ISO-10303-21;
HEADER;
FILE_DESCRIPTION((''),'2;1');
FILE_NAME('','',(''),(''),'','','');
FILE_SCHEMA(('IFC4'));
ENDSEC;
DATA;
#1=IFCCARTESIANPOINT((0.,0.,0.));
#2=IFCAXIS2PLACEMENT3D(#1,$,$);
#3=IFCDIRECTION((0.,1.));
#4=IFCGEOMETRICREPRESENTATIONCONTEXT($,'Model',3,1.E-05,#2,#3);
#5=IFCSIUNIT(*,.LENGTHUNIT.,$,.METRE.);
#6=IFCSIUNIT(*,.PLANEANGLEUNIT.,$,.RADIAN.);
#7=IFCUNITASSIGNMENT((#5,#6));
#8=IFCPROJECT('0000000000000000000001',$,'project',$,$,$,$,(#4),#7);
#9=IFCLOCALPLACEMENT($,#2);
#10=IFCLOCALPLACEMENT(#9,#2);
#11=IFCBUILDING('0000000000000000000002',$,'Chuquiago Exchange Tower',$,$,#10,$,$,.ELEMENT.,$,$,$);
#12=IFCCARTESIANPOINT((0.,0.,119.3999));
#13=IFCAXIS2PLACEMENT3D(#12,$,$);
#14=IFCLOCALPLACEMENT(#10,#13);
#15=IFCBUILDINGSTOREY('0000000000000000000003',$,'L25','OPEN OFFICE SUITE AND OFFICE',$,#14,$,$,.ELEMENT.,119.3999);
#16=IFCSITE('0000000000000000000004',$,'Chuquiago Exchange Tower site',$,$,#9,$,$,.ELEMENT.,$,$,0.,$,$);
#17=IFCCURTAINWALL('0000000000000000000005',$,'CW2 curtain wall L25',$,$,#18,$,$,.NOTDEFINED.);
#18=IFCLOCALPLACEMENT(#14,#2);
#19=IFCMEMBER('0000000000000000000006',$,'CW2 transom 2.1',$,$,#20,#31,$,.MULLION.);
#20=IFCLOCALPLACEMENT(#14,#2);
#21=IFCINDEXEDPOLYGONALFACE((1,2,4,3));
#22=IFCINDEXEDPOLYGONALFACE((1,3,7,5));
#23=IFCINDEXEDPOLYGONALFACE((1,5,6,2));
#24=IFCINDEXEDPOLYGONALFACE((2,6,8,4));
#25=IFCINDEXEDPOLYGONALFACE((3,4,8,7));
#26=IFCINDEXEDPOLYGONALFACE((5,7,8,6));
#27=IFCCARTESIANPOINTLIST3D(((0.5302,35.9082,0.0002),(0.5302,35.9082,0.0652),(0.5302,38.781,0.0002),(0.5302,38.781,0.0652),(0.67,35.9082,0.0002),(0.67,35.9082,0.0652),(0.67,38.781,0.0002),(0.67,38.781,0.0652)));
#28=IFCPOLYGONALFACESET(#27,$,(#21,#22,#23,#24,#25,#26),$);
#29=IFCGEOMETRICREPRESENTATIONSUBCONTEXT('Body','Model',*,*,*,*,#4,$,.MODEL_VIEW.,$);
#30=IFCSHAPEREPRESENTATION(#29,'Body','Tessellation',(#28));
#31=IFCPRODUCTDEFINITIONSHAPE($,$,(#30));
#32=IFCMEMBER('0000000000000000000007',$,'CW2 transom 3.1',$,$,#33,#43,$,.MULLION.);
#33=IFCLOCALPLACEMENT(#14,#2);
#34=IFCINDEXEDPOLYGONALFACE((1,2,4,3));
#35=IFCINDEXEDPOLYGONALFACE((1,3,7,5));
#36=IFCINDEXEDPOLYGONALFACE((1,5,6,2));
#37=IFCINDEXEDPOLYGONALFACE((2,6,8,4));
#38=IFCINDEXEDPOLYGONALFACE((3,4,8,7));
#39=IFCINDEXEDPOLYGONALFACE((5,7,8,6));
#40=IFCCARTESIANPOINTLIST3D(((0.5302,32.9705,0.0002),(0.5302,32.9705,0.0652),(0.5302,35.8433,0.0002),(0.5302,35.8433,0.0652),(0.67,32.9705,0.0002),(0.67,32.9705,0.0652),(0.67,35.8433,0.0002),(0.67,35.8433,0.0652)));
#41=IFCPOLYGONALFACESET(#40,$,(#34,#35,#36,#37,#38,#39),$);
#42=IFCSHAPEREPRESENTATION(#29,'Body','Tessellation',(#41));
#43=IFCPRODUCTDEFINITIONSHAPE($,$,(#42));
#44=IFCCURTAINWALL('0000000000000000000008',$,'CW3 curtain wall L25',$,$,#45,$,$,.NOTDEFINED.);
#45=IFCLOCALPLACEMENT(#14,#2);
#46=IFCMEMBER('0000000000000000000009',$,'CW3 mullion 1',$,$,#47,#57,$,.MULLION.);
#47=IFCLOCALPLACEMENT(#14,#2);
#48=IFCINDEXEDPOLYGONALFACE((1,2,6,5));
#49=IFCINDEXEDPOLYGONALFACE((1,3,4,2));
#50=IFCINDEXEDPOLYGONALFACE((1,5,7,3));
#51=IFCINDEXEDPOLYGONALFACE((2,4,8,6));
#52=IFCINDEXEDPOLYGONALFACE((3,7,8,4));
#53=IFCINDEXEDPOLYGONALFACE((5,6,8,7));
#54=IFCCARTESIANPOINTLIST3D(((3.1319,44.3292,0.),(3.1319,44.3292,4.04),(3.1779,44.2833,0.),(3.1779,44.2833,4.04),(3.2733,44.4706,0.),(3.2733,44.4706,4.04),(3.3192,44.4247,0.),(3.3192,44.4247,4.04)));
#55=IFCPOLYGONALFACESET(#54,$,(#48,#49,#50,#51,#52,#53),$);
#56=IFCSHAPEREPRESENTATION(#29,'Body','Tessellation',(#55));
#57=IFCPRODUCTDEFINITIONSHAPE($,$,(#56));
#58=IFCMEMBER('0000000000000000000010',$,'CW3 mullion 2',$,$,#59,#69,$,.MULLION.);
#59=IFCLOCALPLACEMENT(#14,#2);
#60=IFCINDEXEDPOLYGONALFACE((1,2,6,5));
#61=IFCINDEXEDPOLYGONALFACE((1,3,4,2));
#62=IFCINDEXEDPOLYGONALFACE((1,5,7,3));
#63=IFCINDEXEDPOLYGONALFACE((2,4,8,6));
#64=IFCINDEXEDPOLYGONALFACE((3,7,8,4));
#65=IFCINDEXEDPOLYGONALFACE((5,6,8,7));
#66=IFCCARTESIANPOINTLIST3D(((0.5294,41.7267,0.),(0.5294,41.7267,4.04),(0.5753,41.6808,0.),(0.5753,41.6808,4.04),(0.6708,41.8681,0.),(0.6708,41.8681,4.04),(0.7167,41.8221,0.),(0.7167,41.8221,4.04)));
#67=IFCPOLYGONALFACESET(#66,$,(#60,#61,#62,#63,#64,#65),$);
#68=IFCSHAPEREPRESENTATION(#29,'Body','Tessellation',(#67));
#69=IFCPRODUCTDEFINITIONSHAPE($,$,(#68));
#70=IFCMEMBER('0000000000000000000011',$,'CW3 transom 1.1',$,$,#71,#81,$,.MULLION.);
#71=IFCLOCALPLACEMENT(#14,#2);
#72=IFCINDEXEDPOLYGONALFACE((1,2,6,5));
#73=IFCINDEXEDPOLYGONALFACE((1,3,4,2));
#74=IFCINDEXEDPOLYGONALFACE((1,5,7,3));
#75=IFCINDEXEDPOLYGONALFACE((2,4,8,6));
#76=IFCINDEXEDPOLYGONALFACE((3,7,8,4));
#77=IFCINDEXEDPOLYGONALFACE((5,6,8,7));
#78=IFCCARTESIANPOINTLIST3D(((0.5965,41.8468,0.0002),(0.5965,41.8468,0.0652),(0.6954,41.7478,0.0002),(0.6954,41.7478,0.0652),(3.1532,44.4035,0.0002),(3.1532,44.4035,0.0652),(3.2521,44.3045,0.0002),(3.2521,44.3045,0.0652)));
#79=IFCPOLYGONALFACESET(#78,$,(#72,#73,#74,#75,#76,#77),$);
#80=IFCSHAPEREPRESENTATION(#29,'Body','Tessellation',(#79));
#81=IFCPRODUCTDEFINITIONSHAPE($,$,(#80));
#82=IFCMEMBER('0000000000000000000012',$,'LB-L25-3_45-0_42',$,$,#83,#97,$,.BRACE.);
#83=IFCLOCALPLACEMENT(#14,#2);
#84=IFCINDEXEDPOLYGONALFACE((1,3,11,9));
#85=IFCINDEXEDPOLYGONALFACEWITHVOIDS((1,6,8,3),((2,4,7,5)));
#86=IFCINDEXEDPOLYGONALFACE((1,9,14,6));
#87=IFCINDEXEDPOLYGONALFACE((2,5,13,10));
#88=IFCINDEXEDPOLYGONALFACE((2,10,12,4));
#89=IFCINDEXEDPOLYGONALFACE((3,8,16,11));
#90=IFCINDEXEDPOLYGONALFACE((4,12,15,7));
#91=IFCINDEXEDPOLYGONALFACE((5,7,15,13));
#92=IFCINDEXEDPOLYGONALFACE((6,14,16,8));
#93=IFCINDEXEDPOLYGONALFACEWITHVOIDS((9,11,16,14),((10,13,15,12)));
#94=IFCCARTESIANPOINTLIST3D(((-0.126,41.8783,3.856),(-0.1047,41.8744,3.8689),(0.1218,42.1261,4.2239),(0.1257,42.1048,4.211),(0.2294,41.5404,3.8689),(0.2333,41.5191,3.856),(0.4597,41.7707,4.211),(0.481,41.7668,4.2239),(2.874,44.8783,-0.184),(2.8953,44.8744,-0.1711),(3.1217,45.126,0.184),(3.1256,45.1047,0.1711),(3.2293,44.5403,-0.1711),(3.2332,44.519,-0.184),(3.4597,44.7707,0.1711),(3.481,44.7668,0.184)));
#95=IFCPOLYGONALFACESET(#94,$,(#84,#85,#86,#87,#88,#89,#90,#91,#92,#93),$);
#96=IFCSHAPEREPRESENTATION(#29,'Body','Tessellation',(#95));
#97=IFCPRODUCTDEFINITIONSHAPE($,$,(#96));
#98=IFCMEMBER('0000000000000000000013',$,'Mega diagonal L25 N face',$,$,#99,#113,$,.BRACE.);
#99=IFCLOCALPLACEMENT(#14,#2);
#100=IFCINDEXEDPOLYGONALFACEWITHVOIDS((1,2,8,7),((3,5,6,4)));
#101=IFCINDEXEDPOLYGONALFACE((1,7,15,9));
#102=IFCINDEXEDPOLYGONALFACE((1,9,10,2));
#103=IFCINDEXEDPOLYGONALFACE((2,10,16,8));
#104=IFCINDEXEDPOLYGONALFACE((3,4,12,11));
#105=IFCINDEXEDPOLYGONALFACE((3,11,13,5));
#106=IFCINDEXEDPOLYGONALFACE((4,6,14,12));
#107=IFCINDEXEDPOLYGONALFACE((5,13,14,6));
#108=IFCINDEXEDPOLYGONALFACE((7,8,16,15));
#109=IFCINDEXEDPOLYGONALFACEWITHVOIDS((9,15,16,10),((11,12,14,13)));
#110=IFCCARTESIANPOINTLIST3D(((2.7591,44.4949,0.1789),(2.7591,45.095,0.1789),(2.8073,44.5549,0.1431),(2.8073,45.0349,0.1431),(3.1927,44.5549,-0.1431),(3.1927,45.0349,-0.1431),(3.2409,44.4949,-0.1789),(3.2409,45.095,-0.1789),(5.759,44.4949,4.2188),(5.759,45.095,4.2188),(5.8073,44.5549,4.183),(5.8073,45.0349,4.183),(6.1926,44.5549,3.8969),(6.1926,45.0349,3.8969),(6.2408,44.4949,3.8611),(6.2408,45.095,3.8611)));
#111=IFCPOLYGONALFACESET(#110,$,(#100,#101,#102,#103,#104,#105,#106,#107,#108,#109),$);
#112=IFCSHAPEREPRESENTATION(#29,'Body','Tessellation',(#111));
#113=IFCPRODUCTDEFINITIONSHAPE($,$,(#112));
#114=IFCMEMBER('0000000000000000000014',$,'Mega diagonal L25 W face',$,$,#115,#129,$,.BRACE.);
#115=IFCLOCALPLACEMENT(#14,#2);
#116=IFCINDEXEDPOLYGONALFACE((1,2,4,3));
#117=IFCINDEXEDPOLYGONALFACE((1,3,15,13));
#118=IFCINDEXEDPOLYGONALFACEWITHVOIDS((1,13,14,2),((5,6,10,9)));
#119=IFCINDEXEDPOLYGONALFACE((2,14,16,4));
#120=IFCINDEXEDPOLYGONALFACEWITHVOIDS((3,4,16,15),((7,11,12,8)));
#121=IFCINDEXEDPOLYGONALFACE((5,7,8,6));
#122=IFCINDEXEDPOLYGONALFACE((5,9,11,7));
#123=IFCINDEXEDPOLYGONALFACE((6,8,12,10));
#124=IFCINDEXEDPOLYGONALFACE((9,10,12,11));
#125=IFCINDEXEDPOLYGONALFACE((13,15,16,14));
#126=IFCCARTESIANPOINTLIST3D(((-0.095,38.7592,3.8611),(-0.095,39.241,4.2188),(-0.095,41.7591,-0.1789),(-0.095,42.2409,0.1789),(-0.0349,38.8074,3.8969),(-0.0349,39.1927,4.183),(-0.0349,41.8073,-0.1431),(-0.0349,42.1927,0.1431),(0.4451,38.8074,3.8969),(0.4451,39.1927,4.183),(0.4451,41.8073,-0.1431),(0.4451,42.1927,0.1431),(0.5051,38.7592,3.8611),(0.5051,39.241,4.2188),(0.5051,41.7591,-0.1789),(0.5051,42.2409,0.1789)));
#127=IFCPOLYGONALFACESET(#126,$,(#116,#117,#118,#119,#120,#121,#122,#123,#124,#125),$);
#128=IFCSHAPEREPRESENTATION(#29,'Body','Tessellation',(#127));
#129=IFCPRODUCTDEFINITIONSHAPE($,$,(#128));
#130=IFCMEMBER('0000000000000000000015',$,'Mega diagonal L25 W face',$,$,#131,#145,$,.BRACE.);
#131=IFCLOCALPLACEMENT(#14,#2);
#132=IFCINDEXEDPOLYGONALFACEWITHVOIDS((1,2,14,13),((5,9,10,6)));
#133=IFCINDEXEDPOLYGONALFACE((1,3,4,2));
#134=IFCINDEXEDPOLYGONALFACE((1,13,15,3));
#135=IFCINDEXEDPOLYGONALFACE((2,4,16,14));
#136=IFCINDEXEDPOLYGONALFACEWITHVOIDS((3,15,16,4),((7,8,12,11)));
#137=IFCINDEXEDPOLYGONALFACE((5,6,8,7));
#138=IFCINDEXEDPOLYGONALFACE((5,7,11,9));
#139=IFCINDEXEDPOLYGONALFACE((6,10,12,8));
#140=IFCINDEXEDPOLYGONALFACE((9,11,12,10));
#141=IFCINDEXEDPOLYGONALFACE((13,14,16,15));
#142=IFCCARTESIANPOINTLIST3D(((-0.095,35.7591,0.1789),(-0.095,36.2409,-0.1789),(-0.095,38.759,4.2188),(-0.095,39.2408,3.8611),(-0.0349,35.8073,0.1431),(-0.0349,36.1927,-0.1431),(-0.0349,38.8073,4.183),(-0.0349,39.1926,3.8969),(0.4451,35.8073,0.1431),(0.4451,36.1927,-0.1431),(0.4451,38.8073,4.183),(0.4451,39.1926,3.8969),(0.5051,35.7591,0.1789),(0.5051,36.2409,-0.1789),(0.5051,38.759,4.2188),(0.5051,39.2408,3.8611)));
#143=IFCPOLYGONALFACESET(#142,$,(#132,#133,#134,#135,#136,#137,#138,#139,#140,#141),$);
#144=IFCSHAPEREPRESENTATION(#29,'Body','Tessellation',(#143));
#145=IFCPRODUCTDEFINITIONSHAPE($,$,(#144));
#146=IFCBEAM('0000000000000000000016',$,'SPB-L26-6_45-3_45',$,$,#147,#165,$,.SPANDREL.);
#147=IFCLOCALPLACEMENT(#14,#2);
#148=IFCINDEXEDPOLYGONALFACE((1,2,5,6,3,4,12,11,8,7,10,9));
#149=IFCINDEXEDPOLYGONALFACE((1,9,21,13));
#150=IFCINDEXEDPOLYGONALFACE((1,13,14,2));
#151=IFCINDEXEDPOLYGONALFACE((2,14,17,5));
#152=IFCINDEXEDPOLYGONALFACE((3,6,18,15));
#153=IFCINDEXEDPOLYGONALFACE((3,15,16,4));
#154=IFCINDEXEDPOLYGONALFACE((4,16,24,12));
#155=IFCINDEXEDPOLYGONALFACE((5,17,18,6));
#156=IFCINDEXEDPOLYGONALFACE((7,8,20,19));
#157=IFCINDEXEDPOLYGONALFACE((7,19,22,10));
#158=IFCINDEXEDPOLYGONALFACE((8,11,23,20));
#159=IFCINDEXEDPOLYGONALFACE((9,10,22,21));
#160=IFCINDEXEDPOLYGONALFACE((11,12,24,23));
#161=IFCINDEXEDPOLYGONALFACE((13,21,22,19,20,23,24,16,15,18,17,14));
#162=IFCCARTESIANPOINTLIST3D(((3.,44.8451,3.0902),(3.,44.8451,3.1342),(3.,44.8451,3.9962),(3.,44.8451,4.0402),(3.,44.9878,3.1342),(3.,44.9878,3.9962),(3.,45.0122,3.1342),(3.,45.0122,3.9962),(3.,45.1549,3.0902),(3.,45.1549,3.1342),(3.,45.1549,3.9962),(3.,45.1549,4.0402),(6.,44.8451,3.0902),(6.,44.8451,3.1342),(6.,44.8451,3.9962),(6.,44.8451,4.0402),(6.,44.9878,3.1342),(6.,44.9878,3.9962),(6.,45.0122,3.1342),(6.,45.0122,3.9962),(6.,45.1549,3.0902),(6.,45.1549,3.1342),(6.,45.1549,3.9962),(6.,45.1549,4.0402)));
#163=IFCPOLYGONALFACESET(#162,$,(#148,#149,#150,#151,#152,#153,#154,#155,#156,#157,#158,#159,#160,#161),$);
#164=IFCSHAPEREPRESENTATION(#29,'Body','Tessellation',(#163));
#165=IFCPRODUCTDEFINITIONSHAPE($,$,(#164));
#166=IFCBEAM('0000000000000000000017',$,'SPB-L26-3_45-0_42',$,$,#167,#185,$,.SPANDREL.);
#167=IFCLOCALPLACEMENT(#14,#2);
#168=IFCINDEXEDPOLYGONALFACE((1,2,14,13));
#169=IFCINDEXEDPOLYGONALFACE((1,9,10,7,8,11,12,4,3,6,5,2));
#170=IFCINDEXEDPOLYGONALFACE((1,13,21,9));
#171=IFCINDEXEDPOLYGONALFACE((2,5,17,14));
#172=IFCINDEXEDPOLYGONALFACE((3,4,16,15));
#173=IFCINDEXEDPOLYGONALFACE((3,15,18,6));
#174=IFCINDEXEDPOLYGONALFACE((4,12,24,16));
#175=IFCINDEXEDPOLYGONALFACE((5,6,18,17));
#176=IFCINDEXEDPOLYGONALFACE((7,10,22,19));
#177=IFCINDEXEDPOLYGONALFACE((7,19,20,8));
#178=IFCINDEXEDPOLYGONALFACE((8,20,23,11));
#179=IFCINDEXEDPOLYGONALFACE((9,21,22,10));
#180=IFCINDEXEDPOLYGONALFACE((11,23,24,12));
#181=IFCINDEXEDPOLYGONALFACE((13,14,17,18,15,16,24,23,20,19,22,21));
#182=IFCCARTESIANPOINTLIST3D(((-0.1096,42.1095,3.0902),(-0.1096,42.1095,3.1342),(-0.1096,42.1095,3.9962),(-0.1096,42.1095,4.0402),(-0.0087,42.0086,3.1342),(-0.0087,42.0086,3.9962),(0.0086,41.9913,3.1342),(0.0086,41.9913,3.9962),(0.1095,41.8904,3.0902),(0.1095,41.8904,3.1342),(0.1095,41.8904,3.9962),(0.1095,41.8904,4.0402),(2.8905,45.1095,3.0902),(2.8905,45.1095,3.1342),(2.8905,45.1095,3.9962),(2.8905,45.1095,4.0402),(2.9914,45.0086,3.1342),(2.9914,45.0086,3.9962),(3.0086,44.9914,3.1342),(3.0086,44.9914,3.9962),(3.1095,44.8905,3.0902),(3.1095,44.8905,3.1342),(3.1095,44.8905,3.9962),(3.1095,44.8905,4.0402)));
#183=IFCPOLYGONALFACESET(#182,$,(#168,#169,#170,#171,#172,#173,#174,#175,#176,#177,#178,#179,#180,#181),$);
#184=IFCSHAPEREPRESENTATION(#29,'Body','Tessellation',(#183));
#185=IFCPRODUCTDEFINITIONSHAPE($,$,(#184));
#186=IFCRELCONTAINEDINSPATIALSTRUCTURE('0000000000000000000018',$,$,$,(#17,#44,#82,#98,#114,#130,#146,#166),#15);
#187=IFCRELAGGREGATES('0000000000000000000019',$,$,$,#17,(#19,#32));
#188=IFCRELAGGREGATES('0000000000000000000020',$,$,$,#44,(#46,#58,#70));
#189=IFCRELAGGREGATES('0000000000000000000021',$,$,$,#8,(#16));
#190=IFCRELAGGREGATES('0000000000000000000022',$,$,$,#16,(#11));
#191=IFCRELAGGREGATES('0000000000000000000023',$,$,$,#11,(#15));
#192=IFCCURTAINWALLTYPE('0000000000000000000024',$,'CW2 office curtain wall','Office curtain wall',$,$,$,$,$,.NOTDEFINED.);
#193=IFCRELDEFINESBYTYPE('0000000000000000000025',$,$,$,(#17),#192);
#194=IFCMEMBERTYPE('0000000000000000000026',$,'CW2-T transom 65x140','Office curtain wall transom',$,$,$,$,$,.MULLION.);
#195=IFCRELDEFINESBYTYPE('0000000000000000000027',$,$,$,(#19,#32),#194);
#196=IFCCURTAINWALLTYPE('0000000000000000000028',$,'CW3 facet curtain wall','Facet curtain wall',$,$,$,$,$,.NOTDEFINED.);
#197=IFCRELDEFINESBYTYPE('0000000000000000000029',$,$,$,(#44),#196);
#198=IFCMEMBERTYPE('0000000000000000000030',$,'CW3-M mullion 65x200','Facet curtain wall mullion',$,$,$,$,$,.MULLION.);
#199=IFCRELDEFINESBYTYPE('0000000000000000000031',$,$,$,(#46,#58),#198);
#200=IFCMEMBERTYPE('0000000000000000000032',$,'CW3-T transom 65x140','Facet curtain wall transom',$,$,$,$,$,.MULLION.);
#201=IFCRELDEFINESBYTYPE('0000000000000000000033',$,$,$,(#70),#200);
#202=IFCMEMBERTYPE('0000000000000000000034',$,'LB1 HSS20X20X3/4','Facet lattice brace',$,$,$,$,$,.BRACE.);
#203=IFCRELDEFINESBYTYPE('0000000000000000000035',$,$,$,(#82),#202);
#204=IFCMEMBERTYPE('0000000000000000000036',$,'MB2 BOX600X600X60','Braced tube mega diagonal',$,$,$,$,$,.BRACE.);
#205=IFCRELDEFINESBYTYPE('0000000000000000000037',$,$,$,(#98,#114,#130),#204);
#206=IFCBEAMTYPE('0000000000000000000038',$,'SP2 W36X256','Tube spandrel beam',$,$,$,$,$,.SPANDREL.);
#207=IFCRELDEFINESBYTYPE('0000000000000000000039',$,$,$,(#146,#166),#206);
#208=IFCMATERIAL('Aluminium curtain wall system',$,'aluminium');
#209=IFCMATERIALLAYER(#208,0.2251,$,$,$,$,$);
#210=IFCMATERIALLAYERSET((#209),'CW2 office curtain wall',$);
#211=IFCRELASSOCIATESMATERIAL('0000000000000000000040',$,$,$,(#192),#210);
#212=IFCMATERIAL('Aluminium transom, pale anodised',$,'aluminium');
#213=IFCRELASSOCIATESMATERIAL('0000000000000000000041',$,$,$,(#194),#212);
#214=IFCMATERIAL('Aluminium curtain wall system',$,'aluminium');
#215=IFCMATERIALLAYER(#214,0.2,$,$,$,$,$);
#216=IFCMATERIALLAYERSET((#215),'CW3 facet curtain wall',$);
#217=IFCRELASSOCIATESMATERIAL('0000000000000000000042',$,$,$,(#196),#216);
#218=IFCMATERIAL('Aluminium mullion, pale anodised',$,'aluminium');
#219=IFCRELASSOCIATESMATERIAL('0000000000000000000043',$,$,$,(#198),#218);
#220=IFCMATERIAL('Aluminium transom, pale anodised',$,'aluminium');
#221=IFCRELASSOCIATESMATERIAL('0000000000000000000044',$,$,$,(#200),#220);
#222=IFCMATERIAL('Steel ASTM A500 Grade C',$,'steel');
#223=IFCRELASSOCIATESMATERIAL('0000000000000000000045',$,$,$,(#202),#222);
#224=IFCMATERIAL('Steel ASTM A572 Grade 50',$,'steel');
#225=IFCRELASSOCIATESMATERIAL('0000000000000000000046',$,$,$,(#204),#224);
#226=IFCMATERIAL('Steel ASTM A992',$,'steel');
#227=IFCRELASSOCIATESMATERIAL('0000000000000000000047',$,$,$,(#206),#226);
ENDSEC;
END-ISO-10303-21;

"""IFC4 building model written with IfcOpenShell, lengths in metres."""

from ifc_helpers import new_model, si_unit, direction, frame, origin, origin_2d, place, context, subcontext, project, spatial, rectangle, hollow_rectangle, i_section, extrude, material, layer, layer_set, material_profile, profile_set, type_object, element, aggregate, save


model = new_model("IFC4")

# Units and contexts
model_context = context("Model", 3, precision=1e-05, world=origin(), true_north=direction((0.0, 1.0)))
body_context = subcontext(model_context, "Body", "Model", "MODEL_VIEW")
ifc_project = project(units=[si_unit("LENGTHUNIT", "METRE"), si_unit("PLANEANGLEUNIT", "RADIAN")], contexts=[model_context])

# Site, building, storey
site_placement = place(None, origin())
site = spatial("IfcSite", under=ifc_project, at=site_placement, Name="Chuquiago Exchange Tower site", CompositionType="ELEMENT", RefElevation=0.0)
building_placement = place(site_placement, origin())
building = spatial("IfcBuilding", under=site, at=building_placement, Name="Chuquiago Exchange Tower", CompositionType="ELEMENT")
storey_placement = place(building_placement, frame((0.0, 0.0, 119.3999)))
storey = spatial("IfcBuildingStorey", under=building, at=storey_placement, Name="L25", Description="OPEN OFFICE SUITE AND OFFICE", CompositionType="ELEMENT", Elevation=119.3999)

# Curtain wall
ifc_material_1 = material(Name="Aluminium curtain wall system", Category="aluminium")
ifc_layer_1 = layer(ifc_material_1, 0.2251)
ifc_layer_set_1 = layer_set([ifc_layer_1], Name="CW2 office curtain wall")
curtain_wall_type_1 = type_object("IfcCurtainWallType", Name="CW2 office curtain wall", Description="Office curtain wall", PredefinedType="NOTDEFINED", material=ifc_layer_set_1)
curtain_wall_1_placement = place(storey_placement, origin())
curtain_wall_1 = element("IfcCurtainWall", 1, at=curtain_wall_1_placement, inside=storey, type_object=curtain_wall_type_1, Name="CW2 curtain wall L25", PredefinedType="NOTDEFINED")

# Members
ifc_material_2 = material(Name="Aluminium transom, pale anodised", Category="aluminium")
ifc_material_profile_1 = material_profile(ifc_material_2, rectangle(XDim=0.1399, YDim=0.0649, at=origin_2d()), Name="AL 140x65")
ifc_profile_set_1 = profile_set([ifc_material_profile_1], Name="Aluminium transom, pale anodised")
member_type_1 = type_object("IfcMemberType", Name="CW2-T transom 65x140", Description="Office curtain wall transom", PredefinedType="MULLION", material=ifc_profile_set_1)
member_1_placement = place(storey_placement, frame((0.6001, 38.781, 0.0327), z_axis=(0.0, -1.0, 0.0), x_axis=(1.0, 0.0, 0.0)))
member_1 = element("IfcMember", 2, at=member_1_placement, type_object=member_type_1, Name="CW2 transom 2.1", PredefinedType="MULLION", context=body_context, shape_type="SweptSolid", body=[
    extrude(rectangle(XDim=0.1399, YDim=0.0649, at=origin_2d()), origin(), (0.0, 0.0, 1.0), 2.8728),
])
member_2_placement = place(storey_placement, frame((0.6001, 35.8433, 0.0327), z_axis=(0.0, -1.0, 0.0), x_axis=(1.0, 0.0, 0.0)))
member_2 = element("IfcMember", 3, at=member_2_placement, type_object=member_type_1, Name="CW2 transom 3.1", PredefinedType="MULLION", context=body_context, shape_type="SweptSolid", body=[
    extrude(rectangle(XDim=0.1399, YDim=0.0649, at=origin_2d()), origin(), (0.0, 0.0, 1.0), 2.8728),
])

# Curtain wall, members
ifc_material_3 = material(Name="Aluminium curtain wall system", Category="aluminium")
ifc_layer_2 = layer(ifc_material_3, 0.2)
ifc_layer_set_2 = layer_set([ifc_layer_2], Name="CW3 facet curtain wall")
curtain_wall_type_2 = type_object("IfcCurtainWallType", Name="CW3 facet curtain wall", Description="Facet curtain wall", PredefinedType="NOTDEFINED", material=ifc_layer_set_2)
curtain_wall_2_placement = place(storey_placement, origin())
curtain_wall_2 = element("IfcCurtainWall", 4, at=curtain_wall_2_placement, inside=storey, type_object=curtain_wall_type_2, Name="CW3 curtain wall L25", PredefinedType="NOTDEFINED")
ifc_material_4 = material(Name="Aluminium mullion, pale anodised", Category="aluminium")
ifc_material_profile_2 = material_profile(ifc_material_4, rectangle(XDim=0.0649, YDim=0.2, at=origin_2d()), Name="AL 65x200")
ifc_profile_set_2 = profile_set([ifc_material_profile_2], Name="Aluminium mullion, pale anodised")
member_type_2 = type_object("IfcMemberType", Name="CW3-M mullion 65x200", Description="Facet curtain wall mullion", PredefinedType="MULLION", material=ifc_profile_set_2)
member_3_placement = place(storey_placement, frame((3.2256, 44.377, 0.0), z_axis=(0.0, 0.0, 1.0), x_axis=(0.707107, -0.707107, 0.0)))
member_3 = element("IfcMember", 5, at=member_3_placement, type_object=member_type_2, Name="CW3 mullion 1", PredefinedType="MULLION", context=body_context, shape_type="SweptSolid", body=[
    extrude(rectangle(XDim=0.0649, YDim=0.2, at=origin_2d()), origin(), (0.0, 0.0, 1.0), 4.04),
])
member_4_placement = place(storey_placement, frame((0.623, 41.7744, 0.0), z_axis=(0.0, 0.0, 1.0), x_axis=(0.707107, -0.707107, 0.0)))
member_4 = element("IfcMember", 6, at=member_4_placement, type_object=member_type_2, Name="CW3 mullion 2", PredefinedType="MULLION", context=body_context, shape_type="SweptSolid", body=[
    extrude(rectangle(XDim=0.0649, YDim=0.2, at=origin_2d()), origin(), (0.0, 0.0, 1.0), 4.04),
])
ifc_material_5 = material(Name="Aluminium transom, pale anodised", Category="aluminium")
ifc_material_profile_3 = material_profile(ifc_material_5, rectangle(XDim=0.1399, YDim=0.0649, at=origin_2d()), Name="AL 140x65")
ifc_profile_set_3 = profile_set([ifc_material_profile_3], Name="Aluminium transom, pale anodised")
member_type_3 = type_object("IfcMemberType", Name="CW3-T transom 65x140", Description="Facet curtain wall transom", PredefinedType="MULLION", material=ifc_profile_set_3)
member_5_placement = place(storey_placement, frame((3.2026, 44.354, 0.0327), z_axis=(-0.707107, -0.707107, 0.0), x_axis=(0.707107, -0.707107, 0.0)))
member_5 = element("IfcMember", 7, at=member_5_placement, type_object=member_type_3, Name="CW3 transom 1.1", PredefinedType="MULLION", context=body_context, shape_type="SweptSolid", body=[
    extrude(rectangle(XDim=0.1399, YDim=0.0649, at=origin_2d()), origin(), (0.0, 0.0, 1.0), 3.6157),
])

# Members
ifc_material_6 = material(Name="Steel ASTM A500 Grade C", Category="steel")
ifc_material_profile_4 = material_profile(ifc_material_6, hollow_rectangle(XDim=0.5081, YDim=0.5081, WallThickness=0.0178, at=origin_2d()), Name="HSS20X20X3/4")
ifc_profile_set_4 = profile_set([ifc_material_profile_4], Name="Steel ASTM A500 Grade C")
member_type_4 = type_object("IfcMemberType", Name="LB1 HSS20X20X3/4", Description="Facet lattice brace", PredefinedType="BRACE", material=ifc_profile_set_4)
member_6_placement = place(storey_placement, frame((3.1775, 44.8225, 0.0), z_axis=(-0.512077, -0.512077, 0.689604), x_axis=(0.707107, -0.707107, 0.0)))
element("IfcMember", 8, at=member_6_placement, inside=storey, type_object=member_type_4, Name="LB-L25-3_45-0_42", PredefinedType="BRACE", context=body_context, shape_type="SweptSolid", body=[
    extrude(hollow_rectangle(XDim=0.5081, YDim=0.5081, WallThickness=0.0178, at=origin_2d()), origin(), (0.0, 0.0, 1.0), 5.8584),
])
ifc_material_7 = material(Name="Steel ASTM A572 Grade 50", Category="steel")
ifc_material_profile_5 = material_profile(ifc_material_7, hollow_rectangle(XDim=0.6001, YDim=0.6001, WallThickness=0.0601, at=origin_2d()), Name="BOX600X600X60")
ifc_profile_set_5 = profile_set([ifc_material_profile_5], Name="Steel ASTM A572 Grade 50")
member_type_5 = type_object("IfcMemberType", Name="MB2 BOX600X600X60", Description="Braced tube mega diagonal", PredefinedType="BRACE", material=ifc_profile_set_5)
for number, where, z_axis, x_axis, name in (
    (9, (3.0, 44.7949, 0.0), (0.596174, 0.0, 0.802855), (0.0, 1.0, 0.0), "Mega diagonal L25 N face"),
    (10, (0.2051, 42.0, 0.0), (0.0, -0.596174, 0.802855), (1.0, 0.0, 0.0), "Mega diagonal L25 W face"),
    (11, (0.2051, 36.0, 0.0), (0.0, 0.596174, 0.802855), (-1.0, 0.0, 0.0), "Mega diagonal L25 W face"),
):
    element("IfcMember", number, at=place(storey_placement, frame(where, z_axis=z_axis, x_axis=x_axis)), inside=storey, type_object=member_type_5, Name=name, PredefinedType="BRACE", context=body_context, shape_type="SweptSolid", body=[
        extrude(hollow_rectangle(XDim=0.6001, YDim=0.6001, WallThickness=0.0601, at=origin_2d()), origin(), (0.0, 0.0, 1.0), 5.032),
    ])

# Beams
ifc_material_8 = material(Name="Steel ASTM A992", Category="steel")
ifc_material_profile_6 = material_profile(ifc_material_8, i_section(OverallWidth=0.3098, OverallDepth=0.95, WebThickness=0.0244, FlangeThickness=0.0439, at=origin_2d()), Name="W36X256")
ifc_profile_set_6 = profile_set([ifc_material_profile_6], Name="Steel ASTM A992")
beam_type = type_object("IfcBeamType", Name="SP2 W36X256", Description="Tube spandrel beam", PredefinedType="SPANDREL", material=ifc_profile_set_6)
beam_1_placement = place(storey_placement, frame((6.0, 45.0, 3.5652), z_axis=(-1.0, 0.0, 0.0), x_axis=(0.0, -1.0, 0.0)))
element("IfcBeam", 12, at=beam_1_placement, inside=storey, type_object=beam_type, Name="SPB-L26-6_45-3_45", PredefinedType="SPANDREL", context=body_context, shape_type="SweptSolid", body=[
    extrude(i_section(OverallWidth=0.3098, OverallDepth=0.95, WebThickness=0.0244, FlangeThickness=0.0439, at=origin_2d()), origin(), (0.0, 0.0, 1.0), 3.0),
])
beam_2_placement = place(storey_placement, frame((3.0, 45.0, 3.5652), z_axis=(-0.707107, -0.707107, 0.0), x_axis=(0.707107, -0.707107, 0.0)))
element("IfcBeam", 13, at=beam_2_placement, inside=storey, type_object=beam_type, Name="SPB-L26-3_45-0_42", PredefinedType="SPANDREL", context=body_context, shape_type="SweptSolid", body=[
    extrude(i_section(OverallWidth=0.3098, OverallDepth=0.95, WebThickness=0.0244, FlangeThickness=0.0439, at=origin_2d()), origin(), (0.0, 0.0, 1.0), 4.2427),
])

aggregate(curtain_wall_1, [member_1, member_2])
aggregate(curtain_wall_2, [member_3, member_4, member_5])

save(model, "model.ifc")
